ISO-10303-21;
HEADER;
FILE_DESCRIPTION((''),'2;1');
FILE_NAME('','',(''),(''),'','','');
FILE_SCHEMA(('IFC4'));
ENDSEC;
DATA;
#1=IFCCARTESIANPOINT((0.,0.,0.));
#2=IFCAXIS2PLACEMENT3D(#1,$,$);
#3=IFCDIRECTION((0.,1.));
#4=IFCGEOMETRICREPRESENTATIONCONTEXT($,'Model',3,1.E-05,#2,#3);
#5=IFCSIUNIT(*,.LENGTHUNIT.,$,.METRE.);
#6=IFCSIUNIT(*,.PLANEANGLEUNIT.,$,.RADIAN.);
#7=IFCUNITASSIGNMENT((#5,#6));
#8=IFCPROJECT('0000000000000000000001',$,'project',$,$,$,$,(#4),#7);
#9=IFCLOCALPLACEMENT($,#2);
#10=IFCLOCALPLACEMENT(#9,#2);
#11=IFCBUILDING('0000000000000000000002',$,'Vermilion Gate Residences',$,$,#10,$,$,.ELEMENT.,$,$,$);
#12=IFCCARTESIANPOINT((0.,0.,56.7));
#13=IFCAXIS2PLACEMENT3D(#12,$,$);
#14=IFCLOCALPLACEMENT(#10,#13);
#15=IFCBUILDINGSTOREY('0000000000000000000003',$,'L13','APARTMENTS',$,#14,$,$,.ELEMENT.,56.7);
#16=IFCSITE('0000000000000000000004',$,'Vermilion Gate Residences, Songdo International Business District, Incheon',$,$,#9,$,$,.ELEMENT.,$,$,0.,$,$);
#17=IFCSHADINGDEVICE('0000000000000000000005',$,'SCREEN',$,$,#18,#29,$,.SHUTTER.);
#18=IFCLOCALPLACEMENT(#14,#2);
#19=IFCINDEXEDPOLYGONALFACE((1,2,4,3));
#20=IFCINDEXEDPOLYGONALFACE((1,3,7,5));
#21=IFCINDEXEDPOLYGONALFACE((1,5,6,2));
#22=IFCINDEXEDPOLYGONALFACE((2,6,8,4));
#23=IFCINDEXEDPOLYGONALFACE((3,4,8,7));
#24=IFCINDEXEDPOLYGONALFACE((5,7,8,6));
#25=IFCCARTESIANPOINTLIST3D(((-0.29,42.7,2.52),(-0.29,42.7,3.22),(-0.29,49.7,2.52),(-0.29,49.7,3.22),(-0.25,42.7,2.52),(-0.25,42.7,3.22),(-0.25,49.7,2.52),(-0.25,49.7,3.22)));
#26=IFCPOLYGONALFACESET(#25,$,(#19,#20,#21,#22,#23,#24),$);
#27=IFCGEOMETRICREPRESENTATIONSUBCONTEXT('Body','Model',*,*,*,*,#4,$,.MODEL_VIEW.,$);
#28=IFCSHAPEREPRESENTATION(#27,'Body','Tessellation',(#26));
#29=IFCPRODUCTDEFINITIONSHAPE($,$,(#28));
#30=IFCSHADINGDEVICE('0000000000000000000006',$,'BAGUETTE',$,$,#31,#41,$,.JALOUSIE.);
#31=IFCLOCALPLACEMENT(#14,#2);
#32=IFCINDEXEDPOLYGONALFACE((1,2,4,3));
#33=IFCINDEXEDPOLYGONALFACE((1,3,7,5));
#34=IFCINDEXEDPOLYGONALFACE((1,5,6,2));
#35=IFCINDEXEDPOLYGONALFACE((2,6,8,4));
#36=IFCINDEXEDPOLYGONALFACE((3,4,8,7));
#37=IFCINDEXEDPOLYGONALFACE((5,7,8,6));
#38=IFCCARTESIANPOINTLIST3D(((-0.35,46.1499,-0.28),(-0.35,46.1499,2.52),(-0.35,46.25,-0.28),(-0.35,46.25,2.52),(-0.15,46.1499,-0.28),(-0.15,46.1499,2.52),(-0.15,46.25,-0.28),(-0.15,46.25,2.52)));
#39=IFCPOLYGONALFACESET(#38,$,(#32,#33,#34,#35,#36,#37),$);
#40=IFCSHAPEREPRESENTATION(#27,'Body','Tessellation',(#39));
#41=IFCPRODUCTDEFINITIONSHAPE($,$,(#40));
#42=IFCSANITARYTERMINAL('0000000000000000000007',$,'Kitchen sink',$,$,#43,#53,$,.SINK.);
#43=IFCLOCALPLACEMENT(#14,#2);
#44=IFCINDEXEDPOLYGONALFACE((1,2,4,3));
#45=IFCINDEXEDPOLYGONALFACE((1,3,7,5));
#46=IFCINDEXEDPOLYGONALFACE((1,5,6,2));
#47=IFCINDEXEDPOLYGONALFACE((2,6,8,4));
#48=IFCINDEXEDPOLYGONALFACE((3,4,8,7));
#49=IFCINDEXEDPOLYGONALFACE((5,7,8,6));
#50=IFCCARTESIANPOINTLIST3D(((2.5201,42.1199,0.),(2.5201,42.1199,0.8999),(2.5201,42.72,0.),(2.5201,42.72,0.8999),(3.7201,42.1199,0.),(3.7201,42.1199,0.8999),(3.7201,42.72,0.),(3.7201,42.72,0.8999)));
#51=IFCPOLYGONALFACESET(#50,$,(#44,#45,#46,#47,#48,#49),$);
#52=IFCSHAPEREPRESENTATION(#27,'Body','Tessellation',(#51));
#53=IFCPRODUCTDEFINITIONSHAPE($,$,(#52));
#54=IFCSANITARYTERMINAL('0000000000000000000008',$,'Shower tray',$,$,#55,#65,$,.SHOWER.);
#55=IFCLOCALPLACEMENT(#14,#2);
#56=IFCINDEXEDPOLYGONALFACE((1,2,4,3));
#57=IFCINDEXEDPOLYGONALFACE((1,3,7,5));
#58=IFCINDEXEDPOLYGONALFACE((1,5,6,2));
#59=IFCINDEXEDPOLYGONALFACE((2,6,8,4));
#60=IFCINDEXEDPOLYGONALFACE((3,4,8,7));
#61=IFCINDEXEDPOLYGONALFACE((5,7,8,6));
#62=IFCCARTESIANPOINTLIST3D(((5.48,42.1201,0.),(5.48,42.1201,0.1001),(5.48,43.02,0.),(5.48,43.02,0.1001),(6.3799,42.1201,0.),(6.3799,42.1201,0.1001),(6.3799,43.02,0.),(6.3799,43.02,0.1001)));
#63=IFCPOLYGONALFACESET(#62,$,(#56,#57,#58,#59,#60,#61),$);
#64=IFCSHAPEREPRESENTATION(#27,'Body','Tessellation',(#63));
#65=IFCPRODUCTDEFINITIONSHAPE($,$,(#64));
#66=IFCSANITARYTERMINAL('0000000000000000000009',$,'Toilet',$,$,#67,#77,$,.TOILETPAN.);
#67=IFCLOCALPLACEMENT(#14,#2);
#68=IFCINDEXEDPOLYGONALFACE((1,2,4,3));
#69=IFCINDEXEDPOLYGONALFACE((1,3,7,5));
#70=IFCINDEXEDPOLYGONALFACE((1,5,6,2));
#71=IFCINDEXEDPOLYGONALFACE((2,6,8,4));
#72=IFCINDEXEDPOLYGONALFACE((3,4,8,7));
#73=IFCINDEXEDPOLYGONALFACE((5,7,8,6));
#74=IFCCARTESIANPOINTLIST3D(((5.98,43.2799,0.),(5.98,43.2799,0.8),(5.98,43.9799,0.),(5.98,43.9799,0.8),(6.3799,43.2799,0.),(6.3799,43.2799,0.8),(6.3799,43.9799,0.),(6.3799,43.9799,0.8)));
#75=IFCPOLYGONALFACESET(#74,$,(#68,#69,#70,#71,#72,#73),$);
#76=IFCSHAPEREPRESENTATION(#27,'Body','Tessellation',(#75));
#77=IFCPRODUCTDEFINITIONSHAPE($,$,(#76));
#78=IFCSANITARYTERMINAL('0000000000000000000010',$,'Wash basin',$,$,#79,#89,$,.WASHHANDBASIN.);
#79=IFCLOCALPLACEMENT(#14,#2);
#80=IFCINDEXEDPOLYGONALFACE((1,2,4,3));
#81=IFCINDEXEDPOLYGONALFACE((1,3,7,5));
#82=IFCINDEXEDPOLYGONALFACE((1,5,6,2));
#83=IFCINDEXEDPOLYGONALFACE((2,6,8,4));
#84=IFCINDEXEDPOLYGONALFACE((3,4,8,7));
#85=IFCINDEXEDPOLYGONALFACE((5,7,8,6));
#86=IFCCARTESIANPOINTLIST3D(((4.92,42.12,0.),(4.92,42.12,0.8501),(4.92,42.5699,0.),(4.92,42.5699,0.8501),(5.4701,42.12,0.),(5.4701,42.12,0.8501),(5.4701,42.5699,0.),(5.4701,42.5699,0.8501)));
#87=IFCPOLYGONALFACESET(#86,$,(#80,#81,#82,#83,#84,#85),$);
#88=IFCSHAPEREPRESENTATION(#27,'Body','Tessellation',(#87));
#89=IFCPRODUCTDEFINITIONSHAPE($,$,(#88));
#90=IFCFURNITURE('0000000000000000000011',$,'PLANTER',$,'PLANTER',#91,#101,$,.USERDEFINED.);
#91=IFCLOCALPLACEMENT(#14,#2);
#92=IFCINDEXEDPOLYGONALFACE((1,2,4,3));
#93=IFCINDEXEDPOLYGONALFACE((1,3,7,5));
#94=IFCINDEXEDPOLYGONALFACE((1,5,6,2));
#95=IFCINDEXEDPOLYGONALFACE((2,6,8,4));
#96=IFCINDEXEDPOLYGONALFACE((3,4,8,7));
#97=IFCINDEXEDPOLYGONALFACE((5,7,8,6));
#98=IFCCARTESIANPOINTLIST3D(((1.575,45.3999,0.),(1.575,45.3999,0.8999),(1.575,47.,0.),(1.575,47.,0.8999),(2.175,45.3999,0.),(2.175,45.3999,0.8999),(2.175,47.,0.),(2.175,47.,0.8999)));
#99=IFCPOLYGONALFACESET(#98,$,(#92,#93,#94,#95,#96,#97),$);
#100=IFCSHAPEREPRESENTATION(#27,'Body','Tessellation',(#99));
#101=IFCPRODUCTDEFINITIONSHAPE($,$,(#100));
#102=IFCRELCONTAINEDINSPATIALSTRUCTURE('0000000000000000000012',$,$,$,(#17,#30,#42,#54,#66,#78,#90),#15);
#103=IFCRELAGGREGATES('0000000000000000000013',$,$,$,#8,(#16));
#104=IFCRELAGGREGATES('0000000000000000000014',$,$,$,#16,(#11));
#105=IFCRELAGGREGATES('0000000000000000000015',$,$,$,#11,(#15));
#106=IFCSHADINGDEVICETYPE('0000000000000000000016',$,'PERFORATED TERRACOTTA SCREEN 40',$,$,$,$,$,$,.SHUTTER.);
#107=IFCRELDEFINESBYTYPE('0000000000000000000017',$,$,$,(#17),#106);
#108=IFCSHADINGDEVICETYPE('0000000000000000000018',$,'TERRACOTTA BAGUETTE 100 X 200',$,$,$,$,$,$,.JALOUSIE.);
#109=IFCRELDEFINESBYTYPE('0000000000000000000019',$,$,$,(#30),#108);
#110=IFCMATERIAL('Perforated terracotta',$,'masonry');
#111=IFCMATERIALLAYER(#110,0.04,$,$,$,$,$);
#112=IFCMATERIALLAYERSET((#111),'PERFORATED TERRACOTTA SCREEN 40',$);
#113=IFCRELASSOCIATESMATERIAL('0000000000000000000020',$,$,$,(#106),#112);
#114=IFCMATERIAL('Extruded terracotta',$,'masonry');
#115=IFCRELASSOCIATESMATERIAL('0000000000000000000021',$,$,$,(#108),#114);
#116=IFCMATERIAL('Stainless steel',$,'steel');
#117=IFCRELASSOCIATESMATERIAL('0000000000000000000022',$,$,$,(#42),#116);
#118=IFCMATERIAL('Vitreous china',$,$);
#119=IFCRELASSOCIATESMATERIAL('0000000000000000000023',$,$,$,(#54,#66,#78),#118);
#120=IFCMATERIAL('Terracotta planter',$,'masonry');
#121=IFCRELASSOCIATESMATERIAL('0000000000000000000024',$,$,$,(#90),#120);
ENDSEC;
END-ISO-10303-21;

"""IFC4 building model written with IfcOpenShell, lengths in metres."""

from ifc_helpers import new_model, si_unit, direction, frame, origin, origin_2d, place, context, subcontext, project, spatial, rectangle, extrude, material, layer, layer_set, material_profile, profile_set, type_object, element, save


model = new_model("IFC4")

# Units and contexts
model_context = context("Model", 3, precision=1e-05, world=origin(), true_north=direction((0.0, 1.0)))
body_context = subcontext(model_context, "Body", "Model", "MODEL_VIEW")
ifc_project = project(units=[si_unit("LENGTHUNIT", "METRE"), si_unit("PLANEANGLEUNIT", "RADIAN")], contexts=[model_context])

# Site, building, storey
site_placement = place(None, origin())
site = spatial("IfcSite", under=ifc_project, at=site_placement, Name="Vermilion Gate Residences, Songdo International Business District, Incheon", CompositionType="ELEMENT", RefElevation=0.0)
building_placement = place(site_placement, origin())
building = spatial("IfcBuilding", under=site, at=building_placement, Name="Vermilion Gate Residences", CompositionType="ELEMENT")
storey_placement = place(building_placement, frame((0.0, 0.0, 56.7)))
storey = spatial("IfcBuildingStorey", under=building, at=storey_placement, Name="L13", Description="APARTMENTS", CompositionType="ELEMENT", Elevation=56.7)

# Shading devices
ifc_material_1 = material(Name="Perforated terracotta", Category="masonry")
ifc_layer_1 = layer(ifc_material_1, 0.04)
ifc_layer_set_1 = layer_set([ifc_layer_1], Name="PERFORATED TERRACOTTA SCREEN 40")
shading_device_type_1 = type_object("IfcShadingDeviceType", Name="PERFORATED TERRACOTTA SCREEN 40", PredefinedType="SHUTTER", material=ifc_layer_set_1)
shading_device_1_placement = place(storey_placement, frame((-0.27, 46.2, 2.52), z_axis=(0.0, 0.0, 1.0), x_axis=(0.0, -1.0, 0.0)))
element("IfcShadingDevice", 1, at=shading_device_1_placement, inside=storey, type_object=shading_device_type_1, Name="SCREEN", PredefinedType="SHUTTER", context=body_context, shape_type="SweptSolid", body=[
    extrude(rectangle(XDim=7.0, YDim=0.04, at=origin_2d()), origin(), (0.0, 0.0, 1.0), 0.7),
])
ifc_material_2 = material(Name="Extruded terracotta", Category="masonry")
ifc_material_profile_1 = material_profile(ifc_material_2, rectangle(XDim=0.2, YDim=0.1001, at=origin_2d()), Name="BAGUETTE 100 X 200")
ifc_profile_set_1 = profile_set([ifc_material_profile_1], Name="Extruded terracotta")
shading_device_type_2 = type_object("IfcShadingDeviceType", Name="TERRACOTTA BAGUETTE 100 X 200", PredefinedType="JALOUSIE", material=ifc_profile_set_1)
shading_device_2_placement = place(storey_placement, frame((-0.25, 46.2, -0.28), z_axis=(0.0, 0.0, 1.0), x_axis=(1.0, 0.0, 0.0)))
element("IfcShadingDevice", 2, at=shading_device_2_placement, inside=storey, type_object=shading_device_type_2, Name="BAGUETTE", PredefinedType="JALOUSIE", context=body_context, shape_type="SweptSolid", body=[
    extrude(rectangle(XDim=0.2, YDim=0.1001, at=origin_2d()), origin(), (0.0, 0.0, 1.0), 2.8),
])

# Sanitary terminals
ifc_material_3 = material(Name="Stainless steel", Category="steel")
sanitary_terminal_1_placement = place(storey_placement, frame((3.1201, 42.4199, 0.0), z_axis=(0.0, 0.0, 1.0), x_axis=(1.0, 0.0, 0.0)))
element("IfcSanitaryTerminal", 3, at=sanitary_terminal_1_placement, inside=storey, material=ifc_material_3, Name="Kitchen sink", PredefinedType="SINK", context=body_context, shape_type="SweptSolid", body=[
    extrude(rectangle(XDim=1.2, YDim=0.6001, at=origin_2d()), origin(), (0.0, 0.0, 1.0), 0.8999),
])
ifc_material_4 = material(Name="Vitreous china")
sanitary_terminal_2_placement = place(storey_placement, frame((5.9299, 42.5701, 0.0), z_axis=(0.0, 0.0, 1.0), x_axis=(1.0, 0.0, 0.0)))
element("IfcSanitaryTerminal", 4, at=sanitary_terminal_2_placement, inside=storey, material=ifc_material_4, Name="Shower tray", PredefinedType="SHOWER", context=body_context, shape_type="SweptSolid", body=[
    extrude(rectangle(XDim=0.8999, YDim=0.8999, at=origin_2d()), origin(), (0.0, 0.0, 1.0), 0.1001),
])
sanitary_terminal_3_placement = place(storey_placement, frame((6.1799, 43.6299, 0.0), z_axis=(0.0, 0.0, 1.0), x_axis=(1.0, 0.0, 0.0)))
element("IfcSanitaryTerminal", 5, at=sanitary_terminal_3_placement, inside=storey, material=ifc_material_4, Name="Toilet", PredefinedType="TOILETPAN", context=body_context, shape_type="SweptSolid", body=[
    extrude(rectangle(XDim=0.3999, YDim=0.7, at=origin_2d()), origin(), (0.0, 0.0, 1.0), 0.8),
])
sanitary_terminal_4_placement = place(storey_placement, frame((5.1951, 42.345, 0.0), z_axis=(0.0, 0.0, 1.0), x_axis=(1.0, 0.0, 0.0)))
element("IfcSanitaryTerminal", 6, at=sanitary_terminal_4_placement, inside=storey, material=ifc_material_4, Name="Wash basin", PredefinedType="WASHHANDBASIN", context=body_context, shape_type="SweptSolid", body=[
    extrude(rectangle(XDim=0.55, YDim=0.45, at=origin_2d()), origin(), (0.0, 0.0, 1.0), 0.8501),
])

# Furniture
ifc_material_5 = material(Name="Terracotta planter", Category="masonry")
furniture_placement = place(storey_placement, frame((1.875, 46.2, 0.0), z_axis=(0.0, 0.0, 1.0), x_axis=(0.0, -1.0, 0.0)))
element("IfcFurniture", 7, at=furniture_placement, inside=storey, material=ifc_material_5, Name="PLANTER", ObjectType="PLANTER", PredefinedType="USERDEFINED", context=body_context, shape_type="SweptSolid", body=[
    extrude(rectangle(XDim=1.6001, YDim=0.6001, at=origin_2d()), origin(), (0.0, 0.0, 1.0), 0.8999),
])

save(model, "model.ifc")
